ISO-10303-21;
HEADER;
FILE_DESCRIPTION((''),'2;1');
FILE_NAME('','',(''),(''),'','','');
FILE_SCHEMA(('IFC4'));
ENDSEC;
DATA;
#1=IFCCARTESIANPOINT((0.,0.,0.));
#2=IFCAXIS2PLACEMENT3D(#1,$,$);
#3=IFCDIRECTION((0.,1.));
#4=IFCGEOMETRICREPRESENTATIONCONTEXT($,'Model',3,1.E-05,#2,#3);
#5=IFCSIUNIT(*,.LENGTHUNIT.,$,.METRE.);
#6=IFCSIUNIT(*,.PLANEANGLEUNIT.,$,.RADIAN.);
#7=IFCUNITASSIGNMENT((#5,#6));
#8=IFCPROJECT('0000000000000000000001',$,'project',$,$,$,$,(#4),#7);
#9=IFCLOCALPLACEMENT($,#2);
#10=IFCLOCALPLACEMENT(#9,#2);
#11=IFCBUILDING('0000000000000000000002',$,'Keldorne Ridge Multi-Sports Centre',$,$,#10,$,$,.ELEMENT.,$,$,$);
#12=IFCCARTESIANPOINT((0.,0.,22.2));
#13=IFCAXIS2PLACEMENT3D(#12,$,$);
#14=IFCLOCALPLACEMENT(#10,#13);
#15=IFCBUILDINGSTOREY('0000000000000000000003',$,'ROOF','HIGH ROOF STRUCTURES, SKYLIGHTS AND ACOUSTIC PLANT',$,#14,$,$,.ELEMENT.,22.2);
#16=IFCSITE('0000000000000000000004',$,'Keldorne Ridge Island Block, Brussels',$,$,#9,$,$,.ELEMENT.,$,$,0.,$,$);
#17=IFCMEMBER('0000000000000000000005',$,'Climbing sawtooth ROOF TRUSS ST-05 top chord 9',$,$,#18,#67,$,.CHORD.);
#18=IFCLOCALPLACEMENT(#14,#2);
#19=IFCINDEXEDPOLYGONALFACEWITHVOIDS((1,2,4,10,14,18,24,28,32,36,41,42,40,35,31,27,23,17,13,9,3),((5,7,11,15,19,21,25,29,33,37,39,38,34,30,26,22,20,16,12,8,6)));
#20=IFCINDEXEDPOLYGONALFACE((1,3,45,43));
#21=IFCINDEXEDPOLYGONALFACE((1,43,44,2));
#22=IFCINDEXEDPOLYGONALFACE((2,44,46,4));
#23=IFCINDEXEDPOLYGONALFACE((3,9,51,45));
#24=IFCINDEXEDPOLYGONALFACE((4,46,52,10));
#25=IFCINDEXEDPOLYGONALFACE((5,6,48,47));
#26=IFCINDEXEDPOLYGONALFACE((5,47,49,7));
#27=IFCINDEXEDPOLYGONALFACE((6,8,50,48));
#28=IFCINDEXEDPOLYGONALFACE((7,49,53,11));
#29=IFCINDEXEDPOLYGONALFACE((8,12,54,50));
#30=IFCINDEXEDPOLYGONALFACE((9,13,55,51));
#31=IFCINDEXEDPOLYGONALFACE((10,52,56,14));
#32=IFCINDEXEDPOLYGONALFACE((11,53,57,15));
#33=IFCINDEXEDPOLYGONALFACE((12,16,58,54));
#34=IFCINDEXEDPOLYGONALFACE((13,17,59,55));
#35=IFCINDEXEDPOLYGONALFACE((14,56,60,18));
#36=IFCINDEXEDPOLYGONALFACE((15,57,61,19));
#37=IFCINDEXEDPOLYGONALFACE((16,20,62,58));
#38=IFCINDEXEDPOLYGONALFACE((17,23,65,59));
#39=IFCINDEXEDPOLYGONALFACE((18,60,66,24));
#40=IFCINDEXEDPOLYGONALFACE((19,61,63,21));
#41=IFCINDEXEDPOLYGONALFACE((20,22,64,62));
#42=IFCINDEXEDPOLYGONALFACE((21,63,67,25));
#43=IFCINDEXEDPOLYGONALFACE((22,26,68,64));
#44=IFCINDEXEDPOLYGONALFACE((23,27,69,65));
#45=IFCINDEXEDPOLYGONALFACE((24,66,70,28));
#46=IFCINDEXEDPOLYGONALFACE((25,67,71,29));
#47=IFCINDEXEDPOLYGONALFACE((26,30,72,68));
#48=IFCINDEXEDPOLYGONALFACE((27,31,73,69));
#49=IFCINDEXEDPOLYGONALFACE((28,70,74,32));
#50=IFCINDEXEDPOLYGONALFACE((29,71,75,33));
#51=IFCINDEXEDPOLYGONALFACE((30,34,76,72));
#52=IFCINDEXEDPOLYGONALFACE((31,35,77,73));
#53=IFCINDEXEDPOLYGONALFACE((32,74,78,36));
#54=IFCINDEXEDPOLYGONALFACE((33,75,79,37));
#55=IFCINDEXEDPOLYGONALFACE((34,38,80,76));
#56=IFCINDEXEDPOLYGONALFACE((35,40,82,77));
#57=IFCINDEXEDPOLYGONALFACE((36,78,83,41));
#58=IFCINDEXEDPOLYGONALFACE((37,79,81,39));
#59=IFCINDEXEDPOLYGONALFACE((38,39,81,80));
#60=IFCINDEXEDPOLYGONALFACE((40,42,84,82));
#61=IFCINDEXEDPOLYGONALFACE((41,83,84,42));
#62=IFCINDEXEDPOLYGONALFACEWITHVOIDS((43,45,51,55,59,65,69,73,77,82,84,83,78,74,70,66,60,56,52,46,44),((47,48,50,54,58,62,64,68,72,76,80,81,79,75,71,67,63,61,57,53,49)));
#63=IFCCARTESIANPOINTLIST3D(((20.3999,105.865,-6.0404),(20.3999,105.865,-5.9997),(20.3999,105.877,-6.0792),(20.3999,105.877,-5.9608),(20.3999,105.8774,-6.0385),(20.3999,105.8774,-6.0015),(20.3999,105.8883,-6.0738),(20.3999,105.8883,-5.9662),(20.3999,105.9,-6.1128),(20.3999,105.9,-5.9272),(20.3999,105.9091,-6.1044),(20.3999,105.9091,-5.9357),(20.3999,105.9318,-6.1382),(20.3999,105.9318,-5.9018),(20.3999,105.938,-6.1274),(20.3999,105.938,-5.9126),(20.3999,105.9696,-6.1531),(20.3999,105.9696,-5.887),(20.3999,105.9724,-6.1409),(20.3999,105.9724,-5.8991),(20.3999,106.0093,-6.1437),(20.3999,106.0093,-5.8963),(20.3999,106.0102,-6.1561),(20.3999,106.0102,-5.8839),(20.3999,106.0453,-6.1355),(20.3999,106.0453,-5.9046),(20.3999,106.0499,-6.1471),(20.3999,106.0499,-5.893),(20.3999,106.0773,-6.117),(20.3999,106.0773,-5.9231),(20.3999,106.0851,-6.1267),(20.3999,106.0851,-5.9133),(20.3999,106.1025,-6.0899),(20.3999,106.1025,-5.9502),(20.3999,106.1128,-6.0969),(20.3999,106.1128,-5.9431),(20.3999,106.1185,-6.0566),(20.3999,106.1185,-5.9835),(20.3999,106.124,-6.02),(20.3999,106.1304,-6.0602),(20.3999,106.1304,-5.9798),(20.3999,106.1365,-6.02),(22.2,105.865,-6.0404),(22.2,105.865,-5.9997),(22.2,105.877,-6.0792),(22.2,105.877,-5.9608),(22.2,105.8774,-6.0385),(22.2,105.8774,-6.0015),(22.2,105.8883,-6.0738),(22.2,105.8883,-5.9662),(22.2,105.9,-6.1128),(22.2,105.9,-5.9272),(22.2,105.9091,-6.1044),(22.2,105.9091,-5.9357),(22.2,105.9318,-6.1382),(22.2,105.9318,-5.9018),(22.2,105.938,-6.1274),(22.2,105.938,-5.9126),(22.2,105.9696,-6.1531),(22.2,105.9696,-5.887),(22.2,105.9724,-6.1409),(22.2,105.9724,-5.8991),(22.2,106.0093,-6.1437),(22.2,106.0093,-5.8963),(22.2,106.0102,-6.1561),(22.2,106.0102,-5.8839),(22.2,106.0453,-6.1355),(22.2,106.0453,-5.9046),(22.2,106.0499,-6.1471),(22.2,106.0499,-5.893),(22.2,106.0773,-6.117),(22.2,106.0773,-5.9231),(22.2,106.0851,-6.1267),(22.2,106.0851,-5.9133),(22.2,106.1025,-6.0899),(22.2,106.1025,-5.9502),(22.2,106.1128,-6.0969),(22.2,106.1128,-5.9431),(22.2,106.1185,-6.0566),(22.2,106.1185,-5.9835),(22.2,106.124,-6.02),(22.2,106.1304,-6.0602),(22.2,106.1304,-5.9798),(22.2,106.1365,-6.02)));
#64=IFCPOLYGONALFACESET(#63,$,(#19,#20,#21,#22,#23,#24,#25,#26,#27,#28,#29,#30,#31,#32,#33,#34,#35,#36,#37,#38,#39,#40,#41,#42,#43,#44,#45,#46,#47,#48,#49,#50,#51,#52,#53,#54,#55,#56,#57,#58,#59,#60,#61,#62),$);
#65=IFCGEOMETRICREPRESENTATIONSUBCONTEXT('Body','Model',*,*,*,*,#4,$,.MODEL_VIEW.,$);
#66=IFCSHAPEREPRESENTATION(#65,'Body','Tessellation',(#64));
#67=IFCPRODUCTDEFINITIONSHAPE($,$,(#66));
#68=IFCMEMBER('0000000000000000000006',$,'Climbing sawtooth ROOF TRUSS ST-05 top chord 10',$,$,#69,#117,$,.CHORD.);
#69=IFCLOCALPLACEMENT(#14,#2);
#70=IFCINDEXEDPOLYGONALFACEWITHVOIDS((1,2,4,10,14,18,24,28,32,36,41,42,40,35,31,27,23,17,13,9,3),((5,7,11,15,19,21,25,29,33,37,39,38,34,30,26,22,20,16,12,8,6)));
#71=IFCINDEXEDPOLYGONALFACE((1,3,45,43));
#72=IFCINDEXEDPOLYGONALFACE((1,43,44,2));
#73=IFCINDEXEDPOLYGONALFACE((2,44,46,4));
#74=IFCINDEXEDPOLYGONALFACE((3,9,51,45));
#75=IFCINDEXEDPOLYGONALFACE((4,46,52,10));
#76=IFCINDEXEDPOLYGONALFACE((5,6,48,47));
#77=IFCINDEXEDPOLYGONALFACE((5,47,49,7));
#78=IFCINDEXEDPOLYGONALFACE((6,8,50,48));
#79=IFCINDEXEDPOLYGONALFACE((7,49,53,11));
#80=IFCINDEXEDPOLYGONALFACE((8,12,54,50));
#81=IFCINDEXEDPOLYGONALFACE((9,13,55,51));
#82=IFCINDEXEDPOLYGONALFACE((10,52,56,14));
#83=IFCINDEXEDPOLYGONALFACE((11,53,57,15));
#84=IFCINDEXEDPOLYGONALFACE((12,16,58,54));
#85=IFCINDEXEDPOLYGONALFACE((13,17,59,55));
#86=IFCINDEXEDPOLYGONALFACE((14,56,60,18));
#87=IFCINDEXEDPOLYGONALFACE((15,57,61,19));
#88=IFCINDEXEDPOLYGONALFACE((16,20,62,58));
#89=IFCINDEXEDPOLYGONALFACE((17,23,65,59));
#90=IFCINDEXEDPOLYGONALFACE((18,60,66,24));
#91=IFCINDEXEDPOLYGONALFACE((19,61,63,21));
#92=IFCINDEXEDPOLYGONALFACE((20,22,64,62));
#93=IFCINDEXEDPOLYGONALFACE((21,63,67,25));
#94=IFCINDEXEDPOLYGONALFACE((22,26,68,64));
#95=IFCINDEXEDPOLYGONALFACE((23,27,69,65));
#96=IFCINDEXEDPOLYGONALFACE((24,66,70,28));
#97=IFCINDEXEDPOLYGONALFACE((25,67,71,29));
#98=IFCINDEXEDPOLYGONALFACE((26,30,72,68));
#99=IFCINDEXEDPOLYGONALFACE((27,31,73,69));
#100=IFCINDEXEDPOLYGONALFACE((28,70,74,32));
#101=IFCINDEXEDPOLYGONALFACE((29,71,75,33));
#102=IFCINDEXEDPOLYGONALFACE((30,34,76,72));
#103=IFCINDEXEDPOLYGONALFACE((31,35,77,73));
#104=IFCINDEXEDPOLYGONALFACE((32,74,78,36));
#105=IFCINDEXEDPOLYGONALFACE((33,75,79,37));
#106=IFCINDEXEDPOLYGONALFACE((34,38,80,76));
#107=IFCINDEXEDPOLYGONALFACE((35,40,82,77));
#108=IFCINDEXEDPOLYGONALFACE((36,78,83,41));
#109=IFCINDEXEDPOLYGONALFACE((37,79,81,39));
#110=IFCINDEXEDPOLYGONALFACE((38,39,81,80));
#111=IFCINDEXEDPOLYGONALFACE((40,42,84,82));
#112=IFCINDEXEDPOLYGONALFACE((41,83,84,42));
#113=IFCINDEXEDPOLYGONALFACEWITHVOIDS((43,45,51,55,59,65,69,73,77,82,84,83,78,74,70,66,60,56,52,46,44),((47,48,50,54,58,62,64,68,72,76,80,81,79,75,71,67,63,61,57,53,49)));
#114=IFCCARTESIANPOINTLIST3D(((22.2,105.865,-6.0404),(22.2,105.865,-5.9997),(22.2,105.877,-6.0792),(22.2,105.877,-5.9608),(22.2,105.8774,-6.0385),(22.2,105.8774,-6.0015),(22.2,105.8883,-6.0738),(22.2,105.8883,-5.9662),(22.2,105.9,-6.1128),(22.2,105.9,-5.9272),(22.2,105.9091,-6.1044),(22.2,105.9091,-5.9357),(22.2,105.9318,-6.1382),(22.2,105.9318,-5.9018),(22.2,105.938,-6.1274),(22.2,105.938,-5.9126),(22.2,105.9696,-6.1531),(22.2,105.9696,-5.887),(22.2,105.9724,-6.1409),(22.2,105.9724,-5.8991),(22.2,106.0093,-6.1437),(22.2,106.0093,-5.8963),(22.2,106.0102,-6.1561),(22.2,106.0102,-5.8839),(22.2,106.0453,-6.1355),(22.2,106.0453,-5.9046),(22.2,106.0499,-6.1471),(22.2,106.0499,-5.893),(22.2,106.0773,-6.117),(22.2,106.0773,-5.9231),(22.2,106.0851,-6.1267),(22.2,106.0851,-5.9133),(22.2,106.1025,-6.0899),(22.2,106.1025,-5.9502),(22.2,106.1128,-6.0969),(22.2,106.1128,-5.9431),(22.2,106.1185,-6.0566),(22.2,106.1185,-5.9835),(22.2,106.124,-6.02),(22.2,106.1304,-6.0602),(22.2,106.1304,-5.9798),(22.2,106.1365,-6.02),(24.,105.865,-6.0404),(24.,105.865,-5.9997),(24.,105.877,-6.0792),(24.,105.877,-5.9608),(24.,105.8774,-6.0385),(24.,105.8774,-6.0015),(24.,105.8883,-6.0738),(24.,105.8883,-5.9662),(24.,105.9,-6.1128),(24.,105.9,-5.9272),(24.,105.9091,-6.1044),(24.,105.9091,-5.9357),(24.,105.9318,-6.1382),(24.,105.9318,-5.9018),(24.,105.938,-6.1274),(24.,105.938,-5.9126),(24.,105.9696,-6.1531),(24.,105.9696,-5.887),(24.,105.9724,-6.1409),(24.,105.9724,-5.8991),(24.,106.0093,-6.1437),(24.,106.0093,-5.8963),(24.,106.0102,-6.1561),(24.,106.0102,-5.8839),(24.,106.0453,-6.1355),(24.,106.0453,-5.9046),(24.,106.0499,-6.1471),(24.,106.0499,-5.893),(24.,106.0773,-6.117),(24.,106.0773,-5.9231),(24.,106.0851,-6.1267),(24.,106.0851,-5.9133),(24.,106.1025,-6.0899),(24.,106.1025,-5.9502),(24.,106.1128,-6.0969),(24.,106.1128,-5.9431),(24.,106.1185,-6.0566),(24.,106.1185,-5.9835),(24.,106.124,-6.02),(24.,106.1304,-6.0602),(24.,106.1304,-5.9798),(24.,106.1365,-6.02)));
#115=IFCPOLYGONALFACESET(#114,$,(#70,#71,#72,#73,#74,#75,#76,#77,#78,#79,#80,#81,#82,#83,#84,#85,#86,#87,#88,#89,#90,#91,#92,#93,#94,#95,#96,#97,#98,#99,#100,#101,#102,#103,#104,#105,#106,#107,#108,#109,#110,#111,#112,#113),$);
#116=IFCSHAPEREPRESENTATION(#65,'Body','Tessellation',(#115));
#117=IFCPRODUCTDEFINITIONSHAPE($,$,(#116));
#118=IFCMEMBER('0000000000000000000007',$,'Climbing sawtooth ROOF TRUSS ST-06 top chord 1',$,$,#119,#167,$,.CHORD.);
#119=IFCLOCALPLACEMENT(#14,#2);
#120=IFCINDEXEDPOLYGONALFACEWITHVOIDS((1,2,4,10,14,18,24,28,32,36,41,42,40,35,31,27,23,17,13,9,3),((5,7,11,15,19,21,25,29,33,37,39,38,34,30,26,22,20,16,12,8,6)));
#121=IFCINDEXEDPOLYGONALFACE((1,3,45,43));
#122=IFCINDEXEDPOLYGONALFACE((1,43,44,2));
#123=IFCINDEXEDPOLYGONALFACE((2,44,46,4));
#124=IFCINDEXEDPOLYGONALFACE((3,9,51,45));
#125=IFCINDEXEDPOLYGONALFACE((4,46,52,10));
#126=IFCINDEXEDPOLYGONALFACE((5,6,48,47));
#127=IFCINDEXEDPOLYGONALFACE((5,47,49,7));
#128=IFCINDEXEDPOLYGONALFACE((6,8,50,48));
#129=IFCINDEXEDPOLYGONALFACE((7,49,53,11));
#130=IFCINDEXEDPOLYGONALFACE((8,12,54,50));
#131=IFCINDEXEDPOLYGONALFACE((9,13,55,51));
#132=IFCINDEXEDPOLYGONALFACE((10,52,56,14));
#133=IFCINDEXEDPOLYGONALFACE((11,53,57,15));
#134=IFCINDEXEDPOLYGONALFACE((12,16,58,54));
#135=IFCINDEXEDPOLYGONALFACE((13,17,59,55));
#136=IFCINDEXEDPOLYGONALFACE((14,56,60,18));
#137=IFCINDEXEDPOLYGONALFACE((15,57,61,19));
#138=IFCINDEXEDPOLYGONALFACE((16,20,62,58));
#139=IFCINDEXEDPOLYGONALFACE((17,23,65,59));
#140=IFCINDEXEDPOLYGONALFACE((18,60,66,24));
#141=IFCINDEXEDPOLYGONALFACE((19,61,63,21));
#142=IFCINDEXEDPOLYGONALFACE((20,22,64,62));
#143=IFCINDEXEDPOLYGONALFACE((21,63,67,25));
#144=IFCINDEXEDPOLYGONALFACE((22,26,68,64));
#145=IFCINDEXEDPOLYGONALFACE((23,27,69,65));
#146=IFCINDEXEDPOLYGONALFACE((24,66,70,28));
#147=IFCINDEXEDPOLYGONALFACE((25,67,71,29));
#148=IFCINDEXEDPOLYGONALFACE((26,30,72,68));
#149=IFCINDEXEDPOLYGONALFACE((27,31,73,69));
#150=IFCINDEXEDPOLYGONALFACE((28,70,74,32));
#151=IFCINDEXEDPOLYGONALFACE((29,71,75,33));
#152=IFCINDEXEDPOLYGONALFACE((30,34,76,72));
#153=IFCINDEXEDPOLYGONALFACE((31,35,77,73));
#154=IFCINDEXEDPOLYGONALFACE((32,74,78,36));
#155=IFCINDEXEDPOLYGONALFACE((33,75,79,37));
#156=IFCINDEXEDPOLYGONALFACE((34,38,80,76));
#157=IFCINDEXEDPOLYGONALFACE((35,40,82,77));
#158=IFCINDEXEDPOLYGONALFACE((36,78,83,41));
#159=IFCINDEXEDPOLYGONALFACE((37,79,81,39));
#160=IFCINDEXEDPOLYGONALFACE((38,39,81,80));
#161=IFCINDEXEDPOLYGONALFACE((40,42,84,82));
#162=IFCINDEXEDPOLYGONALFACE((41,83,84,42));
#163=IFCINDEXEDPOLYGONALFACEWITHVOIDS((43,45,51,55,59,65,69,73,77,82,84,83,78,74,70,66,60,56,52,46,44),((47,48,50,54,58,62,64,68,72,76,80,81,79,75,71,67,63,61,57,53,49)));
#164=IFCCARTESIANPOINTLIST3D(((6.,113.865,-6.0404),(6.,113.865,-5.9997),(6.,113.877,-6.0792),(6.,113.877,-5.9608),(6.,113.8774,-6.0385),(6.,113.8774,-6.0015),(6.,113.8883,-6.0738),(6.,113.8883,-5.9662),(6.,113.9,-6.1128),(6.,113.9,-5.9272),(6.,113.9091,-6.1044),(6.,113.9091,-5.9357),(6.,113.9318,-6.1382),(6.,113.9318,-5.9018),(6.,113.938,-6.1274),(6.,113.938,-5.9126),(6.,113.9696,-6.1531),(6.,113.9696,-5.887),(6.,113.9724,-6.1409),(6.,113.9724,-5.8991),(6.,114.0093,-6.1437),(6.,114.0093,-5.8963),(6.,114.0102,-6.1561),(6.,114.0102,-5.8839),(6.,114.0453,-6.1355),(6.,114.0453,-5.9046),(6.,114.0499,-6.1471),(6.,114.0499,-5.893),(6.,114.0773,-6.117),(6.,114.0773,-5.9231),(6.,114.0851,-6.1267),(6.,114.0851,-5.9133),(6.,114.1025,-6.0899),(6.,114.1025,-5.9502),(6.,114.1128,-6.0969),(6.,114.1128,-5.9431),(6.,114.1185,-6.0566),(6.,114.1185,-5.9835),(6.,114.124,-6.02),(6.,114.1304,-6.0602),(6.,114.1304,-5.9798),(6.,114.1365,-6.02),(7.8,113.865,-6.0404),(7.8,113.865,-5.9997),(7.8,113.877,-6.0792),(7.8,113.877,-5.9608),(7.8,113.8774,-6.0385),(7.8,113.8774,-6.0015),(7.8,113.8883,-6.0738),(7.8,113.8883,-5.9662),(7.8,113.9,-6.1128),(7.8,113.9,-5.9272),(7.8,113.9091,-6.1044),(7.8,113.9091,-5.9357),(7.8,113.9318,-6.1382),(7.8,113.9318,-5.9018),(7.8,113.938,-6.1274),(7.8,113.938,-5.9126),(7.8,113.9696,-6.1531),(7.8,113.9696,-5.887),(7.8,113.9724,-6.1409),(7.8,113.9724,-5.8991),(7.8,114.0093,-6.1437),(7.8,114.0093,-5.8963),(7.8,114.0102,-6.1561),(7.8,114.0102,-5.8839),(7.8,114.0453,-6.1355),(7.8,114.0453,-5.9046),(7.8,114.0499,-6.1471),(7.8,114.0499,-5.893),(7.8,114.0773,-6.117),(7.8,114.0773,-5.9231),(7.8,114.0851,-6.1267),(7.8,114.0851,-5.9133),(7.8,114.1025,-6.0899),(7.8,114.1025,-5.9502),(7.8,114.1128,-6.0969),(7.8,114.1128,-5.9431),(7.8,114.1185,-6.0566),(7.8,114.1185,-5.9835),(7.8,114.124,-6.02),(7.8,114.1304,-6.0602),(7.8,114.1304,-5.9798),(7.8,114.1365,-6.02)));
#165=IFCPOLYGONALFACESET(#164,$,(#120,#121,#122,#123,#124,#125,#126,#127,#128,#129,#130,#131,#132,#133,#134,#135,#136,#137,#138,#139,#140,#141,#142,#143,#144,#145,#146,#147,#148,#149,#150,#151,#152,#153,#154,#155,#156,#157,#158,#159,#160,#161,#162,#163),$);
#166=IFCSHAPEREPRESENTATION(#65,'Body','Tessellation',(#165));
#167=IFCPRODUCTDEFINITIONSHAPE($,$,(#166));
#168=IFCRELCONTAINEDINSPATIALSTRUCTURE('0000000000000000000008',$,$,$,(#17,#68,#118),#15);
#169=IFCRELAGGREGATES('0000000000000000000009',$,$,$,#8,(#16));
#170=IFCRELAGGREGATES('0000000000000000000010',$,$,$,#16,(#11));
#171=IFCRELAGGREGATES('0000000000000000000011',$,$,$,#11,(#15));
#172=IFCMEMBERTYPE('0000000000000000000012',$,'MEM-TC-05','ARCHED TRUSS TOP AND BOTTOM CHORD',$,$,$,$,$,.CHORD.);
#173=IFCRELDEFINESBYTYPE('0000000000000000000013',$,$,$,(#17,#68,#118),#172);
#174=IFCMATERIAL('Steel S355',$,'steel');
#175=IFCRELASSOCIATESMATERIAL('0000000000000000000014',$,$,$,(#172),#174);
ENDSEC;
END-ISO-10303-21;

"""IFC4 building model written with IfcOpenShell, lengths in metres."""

from ifc_helpers import new_model, si_unit, direction, frame, origin, origin_2d, place, context, subcontext, project, spatial, hollow_circle, extrude, material, material_profile, profile_set, type_object, element, save


model = new_model("IFC4")

# Units and contexts
model_context = context("Model", 3, precision=1e-05, world=origin(), true_north=direction((0.0, 1.0)))
body_context = subcontext(model_context, "Body", "Model", "MODEL_VIEW")
ifc_project = project(units=[si_unit("LENGTHUNIT", "METRE"), si_unit("PLANEANGLEUNIT", "RADIAN")], contexts=[model_context])

# Site, building, storey
site_placement = place(None, origin())
site = spatial("IfcSite", under=ifc_project, at=site_placement, Name="Keldorne Ridge Island Block, Brussels", CompositionType="ELEMENT", RefElevation=0.0)
building_placement = place(site_placement, origin())
building = spatial("IfcBuilding", under=site, at=building_placement, Name="Keldorne Ridge Multi-Sports Centre", CompositionType="ELEMENT")
storey_placement = place(building_placement, frame((0.0, 0.0, 22.2)))
storey = spatial("IfcBuildingStorey", under=building, at=storey_placement, Name="ROOF", Description="HIGH ROOF STRUCTURES, SKYLIGHTS AND ACOUSTIC PLANT", CompositionType="ELEMENT", Elevation=22.2)

# Shared definitions
ifc_material_1 = material(Name="Steel S355", Category="steel")

# Members
ifc_material_profile_1 = material_profile(ifc_material_1, hollow_circle(Radius=0.1365, WallThickness=0.0125, at=origin_2d()), Name="CHS 273x12.5")
ifc_profile_set_1 = profile_set([ifc_material_profile_1], Name="Steel S355")
member_type_1 = type_object("IfcMemberType", Name="MEM-TC-05", Description="ARCHED TRUSS TOP AND BOTTOM CHORD", PredefinedType="CHORD", material=ifc_profile_set_1)
for number, where, z_axis, x_axis, name in (
    (1, (20.3999, 106.0, -6.02), (1.0, 0.0, 0.0), (0.0, 1.0, 0.0), "Climbing sawtooth ROOF TRUSS ST-05 top chord 9"),
    (2, (22.2, 106.0, -6.02), (1.0, 0.0, 0.0), (0.0, 1.0, 0.0), "Climbing sawtooth ROOF TRUSS ST-05 top chord 10"),
    (3, (6.0, 114.0, -6.02), (1.0, 0.0, 0.0), (0.0, 1.0, 0.0), "Climbing sawtooth ROOF TRUSS ST-06 top chord 1"),
):
    element("IfcMember", number, at=place(storey_placement, frame(where, z_axis=z_axis, x_axis=x_axis)), inside=storey, type_object=member_type_1, Name=name, PredefinedType="CHORD", context=body_context, shape_type="SweptSolid", body=[
        extrude(hollow_circle(Radius=0.1365, WallThickness=0.0125, at=origin_2d()), origin(), (0.0, 0.0, 1.0), 1.8),
    ])

save(model, "model.ifc")
